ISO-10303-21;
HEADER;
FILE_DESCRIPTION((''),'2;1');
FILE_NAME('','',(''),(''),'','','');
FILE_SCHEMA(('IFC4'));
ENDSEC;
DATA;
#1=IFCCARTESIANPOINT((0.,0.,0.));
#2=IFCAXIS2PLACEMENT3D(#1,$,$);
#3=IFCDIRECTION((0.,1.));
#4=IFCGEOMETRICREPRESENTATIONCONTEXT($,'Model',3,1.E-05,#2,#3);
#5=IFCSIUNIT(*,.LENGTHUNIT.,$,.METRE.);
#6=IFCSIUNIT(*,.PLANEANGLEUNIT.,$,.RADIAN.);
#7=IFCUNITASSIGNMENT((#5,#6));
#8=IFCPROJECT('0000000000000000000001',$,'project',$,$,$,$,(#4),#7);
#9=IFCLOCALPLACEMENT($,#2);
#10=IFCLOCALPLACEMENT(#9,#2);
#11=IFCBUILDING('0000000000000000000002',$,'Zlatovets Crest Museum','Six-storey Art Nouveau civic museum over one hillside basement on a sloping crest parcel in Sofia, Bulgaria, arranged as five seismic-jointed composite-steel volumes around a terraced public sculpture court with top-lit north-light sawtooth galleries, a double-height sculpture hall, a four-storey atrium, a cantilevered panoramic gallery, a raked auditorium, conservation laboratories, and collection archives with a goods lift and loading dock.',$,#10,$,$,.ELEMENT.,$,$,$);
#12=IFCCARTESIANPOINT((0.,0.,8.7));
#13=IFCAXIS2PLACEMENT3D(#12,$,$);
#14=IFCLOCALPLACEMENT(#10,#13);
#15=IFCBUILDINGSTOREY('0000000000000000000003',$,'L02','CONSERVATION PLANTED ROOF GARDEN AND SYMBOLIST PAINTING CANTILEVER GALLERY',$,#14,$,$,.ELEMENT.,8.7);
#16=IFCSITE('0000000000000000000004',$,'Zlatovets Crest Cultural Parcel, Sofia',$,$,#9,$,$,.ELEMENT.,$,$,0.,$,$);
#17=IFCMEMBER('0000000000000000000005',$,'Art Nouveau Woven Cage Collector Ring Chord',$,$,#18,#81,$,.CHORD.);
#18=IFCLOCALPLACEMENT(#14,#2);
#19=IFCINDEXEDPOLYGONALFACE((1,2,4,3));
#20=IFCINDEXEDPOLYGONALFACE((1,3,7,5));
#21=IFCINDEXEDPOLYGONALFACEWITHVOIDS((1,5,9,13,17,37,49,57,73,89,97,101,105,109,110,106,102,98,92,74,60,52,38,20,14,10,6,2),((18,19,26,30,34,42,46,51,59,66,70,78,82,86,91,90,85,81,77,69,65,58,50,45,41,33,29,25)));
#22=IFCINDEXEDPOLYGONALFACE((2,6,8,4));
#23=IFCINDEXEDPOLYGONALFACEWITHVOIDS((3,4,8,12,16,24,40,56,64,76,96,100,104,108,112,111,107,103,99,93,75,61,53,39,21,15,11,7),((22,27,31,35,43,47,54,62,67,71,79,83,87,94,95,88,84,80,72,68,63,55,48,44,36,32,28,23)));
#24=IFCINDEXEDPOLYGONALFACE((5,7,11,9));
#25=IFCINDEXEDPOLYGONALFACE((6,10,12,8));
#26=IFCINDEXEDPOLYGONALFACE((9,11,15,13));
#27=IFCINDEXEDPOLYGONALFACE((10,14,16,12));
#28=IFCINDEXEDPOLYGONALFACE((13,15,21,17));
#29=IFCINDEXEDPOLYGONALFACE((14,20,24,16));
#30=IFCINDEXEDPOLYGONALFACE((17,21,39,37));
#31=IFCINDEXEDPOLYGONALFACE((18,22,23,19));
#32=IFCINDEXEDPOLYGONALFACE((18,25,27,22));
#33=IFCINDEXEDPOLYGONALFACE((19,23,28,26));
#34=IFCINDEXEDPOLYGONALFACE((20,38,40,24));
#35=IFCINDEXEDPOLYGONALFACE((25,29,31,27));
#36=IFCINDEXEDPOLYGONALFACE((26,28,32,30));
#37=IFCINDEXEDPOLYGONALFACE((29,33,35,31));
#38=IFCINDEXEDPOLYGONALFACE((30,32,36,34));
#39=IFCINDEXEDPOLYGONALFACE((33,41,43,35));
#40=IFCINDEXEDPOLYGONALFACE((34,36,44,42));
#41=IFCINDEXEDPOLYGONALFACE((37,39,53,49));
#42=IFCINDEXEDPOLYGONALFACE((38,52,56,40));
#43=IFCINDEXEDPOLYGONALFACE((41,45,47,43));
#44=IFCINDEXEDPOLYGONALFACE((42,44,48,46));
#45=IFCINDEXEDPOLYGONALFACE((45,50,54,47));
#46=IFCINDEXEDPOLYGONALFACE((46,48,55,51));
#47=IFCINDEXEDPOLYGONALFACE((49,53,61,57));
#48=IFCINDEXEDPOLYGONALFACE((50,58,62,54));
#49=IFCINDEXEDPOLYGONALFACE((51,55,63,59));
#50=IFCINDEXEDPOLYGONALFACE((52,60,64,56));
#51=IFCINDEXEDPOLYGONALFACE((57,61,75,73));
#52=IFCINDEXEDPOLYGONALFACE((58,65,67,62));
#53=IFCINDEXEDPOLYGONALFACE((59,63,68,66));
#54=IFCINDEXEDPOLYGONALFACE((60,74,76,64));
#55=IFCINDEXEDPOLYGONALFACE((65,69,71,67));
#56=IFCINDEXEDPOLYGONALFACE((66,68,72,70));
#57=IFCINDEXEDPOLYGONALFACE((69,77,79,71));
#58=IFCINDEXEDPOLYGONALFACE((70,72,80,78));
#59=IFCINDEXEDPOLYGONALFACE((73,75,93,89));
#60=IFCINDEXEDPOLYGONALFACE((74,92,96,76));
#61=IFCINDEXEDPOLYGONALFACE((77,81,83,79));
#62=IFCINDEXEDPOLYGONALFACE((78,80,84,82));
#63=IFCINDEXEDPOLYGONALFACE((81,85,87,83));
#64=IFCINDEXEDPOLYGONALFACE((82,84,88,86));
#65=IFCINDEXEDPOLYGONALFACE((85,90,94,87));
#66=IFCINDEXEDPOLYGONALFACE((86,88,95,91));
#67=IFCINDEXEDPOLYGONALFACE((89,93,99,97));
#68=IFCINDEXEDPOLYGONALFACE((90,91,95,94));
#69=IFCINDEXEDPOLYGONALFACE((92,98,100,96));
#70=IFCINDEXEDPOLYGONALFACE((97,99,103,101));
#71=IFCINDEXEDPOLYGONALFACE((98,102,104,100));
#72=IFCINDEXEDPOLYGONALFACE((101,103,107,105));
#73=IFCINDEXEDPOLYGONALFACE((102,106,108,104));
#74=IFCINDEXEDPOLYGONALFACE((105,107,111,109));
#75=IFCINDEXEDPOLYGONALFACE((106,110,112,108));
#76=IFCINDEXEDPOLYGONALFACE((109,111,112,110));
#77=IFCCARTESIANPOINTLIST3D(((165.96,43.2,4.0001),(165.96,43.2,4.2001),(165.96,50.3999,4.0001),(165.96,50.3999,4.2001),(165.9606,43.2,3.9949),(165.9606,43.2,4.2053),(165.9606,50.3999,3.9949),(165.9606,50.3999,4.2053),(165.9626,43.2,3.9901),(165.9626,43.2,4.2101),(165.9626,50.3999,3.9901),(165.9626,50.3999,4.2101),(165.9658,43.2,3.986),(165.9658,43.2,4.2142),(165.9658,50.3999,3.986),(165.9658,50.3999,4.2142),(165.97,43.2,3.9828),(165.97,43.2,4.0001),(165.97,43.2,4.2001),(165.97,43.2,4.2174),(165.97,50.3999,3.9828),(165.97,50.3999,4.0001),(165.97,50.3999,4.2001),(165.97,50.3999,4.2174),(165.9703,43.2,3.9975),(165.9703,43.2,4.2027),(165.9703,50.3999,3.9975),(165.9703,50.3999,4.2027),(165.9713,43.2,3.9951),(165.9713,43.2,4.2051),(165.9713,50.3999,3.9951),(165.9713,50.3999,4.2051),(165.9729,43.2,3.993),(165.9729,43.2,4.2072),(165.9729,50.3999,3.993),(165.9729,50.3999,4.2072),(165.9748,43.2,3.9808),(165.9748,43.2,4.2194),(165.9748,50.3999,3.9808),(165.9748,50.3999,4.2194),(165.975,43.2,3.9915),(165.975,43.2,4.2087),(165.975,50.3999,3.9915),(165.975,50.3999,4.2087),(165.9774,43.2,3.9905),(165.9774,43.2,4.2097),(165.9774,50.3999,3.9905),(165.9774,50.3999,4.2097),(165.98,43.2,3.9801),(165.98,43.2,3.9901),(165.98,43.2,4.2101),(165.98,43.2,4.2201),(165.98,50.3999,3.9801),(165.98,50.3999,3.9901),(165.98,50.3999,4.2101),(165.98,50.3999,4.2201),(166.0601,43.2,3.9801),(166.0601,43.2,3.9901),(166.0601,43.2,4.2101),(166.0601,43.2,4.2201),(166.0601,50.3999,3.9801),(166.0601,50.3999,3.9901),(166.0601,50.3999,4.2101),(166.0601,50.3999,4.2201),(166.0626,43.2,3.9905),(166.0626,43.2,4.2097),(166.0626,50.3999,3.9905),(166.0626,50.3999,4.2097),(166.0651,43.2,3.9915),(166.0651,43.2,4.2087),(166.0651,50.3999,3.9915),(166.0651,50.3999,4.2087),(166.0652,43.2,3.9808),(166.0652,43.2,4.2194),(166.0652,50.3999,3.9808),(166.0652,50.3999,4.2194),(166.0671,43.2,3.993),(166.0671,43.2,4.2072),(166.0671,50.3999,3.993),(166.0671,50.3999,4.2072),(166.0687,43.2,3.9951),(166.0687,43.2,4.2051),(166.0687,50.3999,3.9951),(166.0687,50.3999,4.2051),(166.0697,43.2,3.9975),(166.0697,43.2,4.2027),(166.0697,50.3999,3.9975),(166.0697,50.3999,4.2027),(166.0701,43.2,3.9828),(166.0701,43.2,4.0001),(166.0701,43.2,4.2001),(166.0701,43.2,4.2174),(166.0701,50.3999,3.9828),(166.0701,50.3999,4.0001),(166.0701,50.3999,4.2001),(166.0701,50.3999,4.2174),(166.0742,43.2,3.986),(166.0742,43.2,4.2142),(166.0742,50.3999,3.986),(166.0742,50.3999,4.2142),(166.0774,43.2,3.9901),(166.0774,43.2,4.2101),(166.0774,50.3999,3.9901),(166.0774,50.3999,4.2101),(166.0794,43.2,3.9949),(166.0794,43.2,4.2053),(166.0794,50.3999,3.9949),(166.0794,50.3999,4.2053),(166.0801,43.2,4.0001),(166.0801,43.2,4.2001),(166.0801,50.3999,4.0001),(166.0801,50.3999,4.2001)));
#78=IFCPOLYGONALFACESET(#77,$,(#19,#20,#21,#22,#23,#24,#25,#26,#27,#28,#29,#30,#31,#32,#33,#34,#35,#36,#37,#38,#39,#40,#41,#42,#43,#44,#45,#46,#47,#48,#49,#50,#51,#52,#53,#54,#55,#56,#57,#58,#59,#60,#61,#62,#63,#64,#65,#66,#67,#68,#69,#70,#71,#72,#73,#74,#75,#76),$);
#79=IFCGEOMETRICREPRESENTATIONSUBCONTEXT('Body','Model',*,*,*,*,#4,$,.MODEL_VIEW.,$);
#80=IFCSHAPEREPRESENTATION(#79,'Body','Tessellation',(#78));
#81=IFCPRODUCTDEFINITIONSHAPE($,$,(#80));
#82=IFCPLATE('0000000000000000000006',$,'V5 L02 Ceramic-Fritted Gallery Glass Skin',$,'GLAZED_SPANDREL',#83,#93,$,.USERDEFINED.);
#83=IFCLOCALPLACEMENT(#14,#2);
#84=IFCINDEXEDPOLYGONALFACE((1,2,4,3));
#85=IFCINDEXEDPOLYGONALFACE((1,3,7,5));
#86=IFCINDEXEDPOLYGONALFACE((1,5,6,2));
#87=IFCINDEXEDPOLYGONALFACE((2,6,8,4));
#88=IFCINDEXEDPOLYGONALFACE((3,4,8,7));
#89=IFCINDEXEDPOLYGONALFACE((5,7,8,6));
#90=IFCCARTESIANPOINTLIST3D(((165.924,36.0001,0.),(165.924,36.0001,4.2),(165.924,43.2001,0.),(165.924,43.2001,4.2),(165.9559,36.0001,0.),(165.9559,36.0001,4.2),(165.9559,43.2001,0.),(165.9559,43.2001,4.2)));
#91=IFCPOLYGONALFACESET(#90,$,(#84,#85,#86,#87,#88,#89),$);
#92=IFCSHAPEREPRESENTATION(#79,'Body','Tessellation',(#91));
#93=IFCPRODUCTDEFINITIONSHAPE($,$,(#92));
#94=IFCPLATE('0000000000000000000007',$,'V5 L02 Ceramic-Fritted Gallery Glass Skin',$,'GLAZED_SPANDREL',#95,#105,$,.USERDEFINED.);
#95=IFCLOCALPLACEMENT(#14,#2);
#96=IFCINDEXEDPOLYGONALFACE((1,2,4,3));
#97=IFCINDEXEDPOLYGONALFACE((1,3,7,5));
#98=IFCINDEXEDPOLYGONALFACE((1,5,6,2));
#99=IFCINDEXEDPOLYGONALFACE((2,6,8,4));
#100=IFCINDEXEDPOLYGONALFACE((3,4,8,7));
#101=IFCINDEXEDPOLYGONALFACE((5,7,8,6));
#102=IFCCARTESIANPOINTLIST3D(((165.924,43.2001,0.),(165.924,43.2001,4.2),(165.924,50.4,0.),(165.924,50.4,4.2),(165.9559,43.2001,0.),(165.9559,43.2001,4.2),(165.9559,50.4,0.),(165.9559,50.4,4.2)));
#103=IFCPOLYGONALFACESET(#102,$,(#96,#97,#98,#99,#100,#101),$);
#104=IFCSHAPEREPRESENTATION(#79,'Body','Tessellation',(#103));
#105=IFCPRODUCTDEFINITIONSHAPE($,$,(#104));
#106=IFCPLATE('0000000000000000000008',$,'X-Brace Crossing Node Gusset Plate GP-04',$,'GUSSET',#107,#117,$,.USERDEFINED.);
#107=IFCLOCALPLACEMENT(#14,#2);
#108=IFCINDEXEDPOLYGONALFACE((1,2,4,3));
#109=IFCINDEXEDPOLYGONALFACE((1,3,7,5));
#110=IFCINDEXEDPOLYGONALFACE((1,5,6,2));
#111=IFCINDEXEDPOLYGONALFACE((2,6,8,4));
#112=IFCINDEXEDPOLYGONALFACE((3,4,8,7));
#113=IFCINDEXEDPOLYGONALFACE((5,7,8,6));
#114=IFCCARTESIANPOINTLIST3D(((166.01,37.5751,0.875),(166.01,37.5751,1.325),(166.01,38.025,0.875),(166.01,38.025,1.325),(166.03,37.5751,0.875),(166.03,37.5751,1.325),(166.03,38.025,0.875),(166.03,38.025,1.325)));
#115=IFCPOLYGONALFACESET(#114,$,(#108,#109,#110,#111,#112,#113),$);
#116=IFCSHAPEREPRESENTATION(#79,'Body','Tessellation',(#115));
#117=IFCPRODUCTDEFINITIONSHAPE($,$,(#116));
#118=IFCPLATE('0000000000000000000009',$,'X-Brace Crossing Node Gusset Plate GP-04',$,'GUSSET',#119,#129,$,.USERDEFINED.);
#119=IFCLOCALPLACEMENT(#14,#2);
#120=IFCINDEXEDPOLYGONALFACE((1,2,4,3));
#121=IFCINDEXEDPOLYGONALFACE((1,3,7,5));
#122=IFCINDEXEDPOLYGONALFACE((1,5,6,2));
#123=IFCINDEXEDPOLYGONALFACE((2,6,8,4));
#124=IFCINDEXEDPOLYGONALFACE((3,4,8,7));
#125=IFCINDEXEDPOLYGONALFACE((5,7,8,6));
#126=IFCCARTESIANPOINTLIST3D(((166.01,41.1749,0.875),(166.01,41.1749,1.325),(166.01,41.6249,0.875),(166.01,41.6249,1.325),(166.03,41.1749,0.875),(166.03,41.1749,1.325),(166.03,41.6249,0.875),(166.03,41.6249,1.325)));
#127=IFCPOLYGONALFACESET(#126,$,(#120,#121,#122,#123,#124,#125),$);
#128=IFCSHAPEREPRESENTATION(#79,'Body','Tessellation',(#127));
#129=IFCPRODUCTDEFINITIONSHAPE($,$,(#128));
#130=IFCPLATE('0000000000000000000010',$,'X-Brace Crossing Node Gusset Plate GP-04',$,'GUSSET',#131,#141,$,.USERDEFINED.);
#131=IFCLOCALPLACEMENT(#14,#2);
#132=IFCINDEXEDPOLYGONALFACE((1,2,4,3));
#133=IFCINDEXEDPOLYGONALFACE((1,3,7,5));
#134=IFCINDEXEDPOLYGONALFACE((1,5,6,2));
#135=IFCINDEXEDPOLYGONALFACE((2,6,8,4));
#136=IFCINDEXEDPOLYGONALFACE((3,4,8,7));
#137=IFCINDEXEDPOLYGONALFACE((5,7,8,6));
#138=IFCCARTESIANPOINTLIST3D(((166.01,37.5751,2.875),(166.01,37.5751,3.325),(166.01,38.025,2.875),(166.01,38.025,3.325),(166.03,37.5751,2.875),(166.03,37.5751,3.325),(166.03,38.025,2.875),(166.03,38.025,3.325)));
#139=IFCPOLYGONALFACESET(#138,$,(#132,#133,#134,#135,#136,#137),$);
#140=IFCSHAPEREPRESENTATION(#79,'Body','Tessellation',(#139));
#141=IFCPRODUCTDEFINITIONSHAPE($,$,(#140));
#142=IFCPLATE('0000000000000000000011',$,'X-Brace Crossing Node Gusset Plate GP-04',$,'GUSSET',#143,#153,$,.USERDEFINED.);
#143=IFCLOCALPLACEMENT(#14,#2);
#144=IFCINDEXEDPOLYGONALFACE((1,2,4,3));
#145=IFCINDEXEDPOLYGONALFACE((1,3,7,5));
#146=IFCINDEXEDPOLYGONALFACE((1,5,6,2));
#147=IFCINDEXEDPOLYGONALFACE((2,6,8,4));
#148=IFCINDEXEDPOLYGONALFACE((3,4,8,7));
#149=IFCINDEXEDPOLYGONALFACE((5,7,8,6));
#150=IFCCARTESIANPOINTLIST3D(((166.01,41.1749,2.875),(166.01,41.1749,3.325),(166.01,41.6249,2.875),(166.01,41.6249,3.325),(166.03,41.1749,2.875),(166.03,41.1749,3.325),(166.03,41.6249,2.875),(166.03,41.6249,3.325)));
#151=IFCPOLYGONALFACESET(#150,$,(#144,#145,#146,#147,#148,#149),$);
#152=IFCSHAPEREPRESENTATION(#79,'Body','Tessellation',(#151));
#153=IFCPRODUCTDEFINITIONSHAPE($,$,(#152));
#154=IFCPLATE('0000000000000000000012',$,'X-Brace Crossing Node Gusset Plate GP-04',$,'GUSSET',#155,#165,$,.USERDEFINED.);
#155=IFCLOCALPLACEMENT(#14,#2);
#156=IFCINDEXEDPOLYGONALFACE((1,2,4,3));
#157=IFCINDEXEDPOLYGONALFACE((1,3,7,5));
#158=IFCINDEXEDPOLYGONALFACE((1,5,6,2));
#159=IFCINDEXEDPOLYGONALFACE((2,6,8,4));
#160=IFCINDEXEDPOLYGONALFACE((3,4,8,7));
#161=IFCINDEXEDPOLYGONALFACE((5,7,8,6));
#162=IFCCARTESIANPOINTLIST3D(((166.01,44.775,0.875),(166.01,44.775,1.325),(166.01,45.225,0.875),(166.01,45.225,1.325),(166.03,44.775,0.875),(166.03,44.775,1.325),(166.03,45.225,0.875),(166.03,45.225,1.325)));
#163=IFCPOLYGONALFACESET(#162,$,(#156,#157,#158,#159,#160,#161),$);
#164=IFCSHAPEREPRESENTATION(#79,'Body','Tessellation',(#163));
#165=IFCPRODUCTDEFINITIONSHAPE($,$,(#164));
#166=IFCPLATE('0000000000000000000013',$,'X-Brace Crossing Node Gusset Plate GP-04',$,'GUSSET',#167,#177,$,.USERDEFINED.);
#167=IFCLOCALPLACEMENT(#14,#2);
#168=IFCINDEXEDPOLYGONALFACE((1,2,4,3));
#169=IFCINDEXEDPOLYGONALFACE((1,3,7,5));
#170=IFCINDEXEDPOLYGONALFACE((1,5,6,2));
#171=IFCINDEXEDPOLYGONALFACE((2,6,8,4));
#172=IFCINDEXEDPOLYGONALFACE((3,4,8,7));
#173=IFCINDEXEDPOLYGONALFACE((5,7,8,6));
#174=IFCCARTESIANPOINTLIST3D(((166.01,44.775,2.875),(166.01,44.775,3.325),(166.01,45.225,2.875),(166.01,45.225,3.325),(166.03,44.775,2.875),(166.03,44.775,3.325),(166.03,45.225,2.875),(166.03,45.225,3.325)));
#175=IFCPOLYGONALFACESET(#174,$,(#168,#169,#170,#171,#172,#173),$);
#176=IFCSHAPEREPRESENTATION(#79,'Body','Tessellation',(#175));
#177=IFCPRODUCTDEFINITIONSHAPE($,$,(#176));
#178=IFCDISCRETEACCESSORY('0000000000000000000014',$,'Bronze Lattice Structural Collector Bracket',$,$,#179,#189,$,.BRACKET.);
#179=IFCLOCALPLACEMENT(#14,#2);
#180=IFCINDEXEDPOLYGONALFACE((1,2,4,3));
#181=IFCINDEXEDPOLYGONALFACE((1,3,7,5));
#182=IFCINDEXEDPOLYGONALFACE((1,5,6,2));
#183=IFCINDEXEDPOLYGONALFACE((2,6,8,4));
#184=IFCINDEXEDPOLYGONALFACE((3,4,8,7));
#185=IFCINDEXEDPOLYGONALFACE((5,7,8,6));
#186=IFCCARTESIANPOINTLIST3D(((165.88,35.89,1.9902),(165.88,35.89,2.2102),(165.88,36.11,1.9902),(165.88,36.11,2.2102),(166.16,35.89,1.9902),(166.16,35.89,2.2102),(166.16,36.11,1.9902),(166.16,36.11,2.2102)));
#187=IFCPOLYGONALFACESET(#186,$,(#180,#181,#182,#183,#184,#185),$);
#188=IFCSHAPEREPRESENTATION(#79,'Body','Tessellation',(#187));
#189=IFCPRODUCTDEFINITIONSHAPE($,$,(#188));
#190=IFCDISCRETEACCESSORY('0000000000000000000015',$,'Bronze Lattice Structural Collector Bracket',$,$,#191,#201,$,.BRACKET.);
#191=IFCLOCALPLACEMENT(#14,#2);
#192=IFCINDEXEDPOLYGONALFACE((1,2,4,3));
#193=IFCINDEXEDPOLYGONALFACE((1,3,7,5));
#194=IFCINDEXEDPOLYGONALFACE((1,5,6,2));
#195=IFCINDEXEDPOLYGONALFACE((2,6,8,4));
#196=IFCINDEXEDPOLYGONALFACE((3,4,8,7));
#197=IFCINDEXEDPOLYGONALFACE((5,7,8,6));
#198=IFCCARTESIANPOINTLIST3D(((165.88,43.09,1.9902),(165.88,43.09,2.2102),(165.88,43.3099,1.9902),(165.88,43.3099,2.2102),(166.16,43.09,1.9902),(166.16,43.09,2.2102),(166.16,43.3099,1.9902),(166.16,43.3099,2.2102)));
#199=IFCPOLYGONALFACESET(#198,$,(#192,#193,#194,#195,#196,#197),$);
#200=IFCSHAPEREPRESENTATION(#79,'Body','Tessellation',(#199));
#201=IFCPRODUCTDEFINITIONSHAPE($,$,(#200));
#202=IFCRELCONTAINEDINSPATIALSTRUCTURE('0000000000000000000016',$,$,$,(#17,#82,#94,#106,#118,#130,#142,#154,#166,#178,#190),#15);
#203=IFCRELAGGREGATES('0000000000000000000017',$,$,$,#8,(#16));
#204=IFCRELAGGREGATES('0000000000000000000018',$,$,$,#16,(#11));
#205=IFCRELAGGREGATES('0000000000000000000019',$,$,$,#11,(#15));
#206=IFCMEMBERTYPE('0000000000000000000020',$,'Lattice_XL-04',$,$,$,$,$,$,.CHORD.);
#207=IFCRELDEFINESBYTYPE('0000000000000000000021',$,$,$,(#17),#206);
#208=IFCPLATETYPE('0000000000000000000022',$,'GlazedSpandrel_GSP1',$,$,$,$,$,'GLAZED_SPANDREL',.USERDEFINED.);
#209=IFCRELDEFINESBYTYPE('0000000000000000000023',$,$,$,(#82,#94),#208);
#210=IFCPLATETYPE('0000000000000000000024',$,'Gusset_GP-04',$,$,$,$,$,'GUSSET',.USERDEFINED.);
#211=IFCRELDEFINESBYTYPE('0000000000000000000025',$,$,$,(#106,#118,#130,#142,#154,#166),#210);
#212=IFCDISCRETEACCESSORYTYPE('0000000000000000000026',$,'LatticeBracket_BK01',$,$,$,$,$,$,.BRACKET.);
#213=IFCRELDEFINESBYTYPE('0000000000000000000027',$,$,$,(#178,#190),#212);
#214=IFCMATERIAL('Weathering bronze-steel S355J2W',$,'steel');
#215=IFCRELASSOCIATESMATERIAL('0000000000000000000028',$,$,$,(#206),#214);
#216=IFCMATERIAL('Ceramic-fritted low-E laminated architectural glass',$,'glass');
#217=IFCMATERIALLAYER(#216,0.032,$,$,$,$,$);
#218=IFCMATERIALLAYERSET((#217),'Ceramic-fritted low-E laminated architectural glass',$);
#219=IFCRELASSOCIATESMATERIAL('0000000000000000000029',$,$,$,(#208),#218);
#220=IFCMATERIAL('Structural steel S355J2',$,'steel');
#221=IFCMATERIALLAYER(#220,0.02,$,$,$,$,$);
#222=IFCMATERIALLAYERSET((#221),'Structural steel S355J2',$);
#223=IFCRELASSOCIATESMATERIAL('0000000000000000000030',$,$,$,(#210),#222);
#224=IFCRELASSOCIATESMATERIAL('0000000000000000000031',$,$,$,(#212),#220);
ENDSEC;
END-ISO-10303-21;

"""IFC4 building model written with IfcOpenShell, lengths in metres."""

from ifc_helpers import new_model, si_unit, direction, frame, origin, origin_2d, place, context, subcontext, project, spatial, rectangle, hollow_rectangle, extrude, material, layer, layer_set, material_profile, profile_set, type_object, element, save


model = new_model("IFC4")

# Units and contexts
model_context = context("Model", 3, precision=1e-05, world=origin(), true_north=direction((0.0, 1.0)))
body_context = subcontext(model_context, "Body", "Model", "MODEL_VIEW")
ifc_project = project(units=[si_unit("LENGTHUNIT", "METRE"), si_unit("PLANEANGLEUNIT", "RADIAN")], contexts=[model_context])

# Site, building, storey
site_placement = place(None, origin())
site = spatial("IfcSite", under=ifc_project, at=site_placement, Name="Zlatovets Crest Cultural Parcel, Sofia", CompositionType="ELEMENT", RefElevation=0.0)
building_placement = place(site_placement, origin())
building = spatial("IfcBuilding", under=site, at=building_placement, Name="Zlatovets Crest Museum", Description="Six-storey Art Nouveau civic museum over one hillside basement on a sloping crest parcel in Sofia, Bulgaria, arranged as five seismic-jointed composite-steel volumes around a terraced public sculpture court with top-lit north-light sawtooth galleries, a double-height sculpture hall, a four-storey atrium, a cantilevered panoramic gallery, a raked auditorium, conservation laboratories, and collection archives with a goods lift and loading dock.", CompositionType="ELEMENT")
storey_placement = place(building_placement, frame((0.0, 0.0, 8.7)))
storey = spatial("IfcBuildingStorey", under=building, at=storey_placement, Name="L02", Description="CONSERVATION PLANTED ROOF GARDEN AND SYMBOLIST PAINTING CANTILEVER GALLERY", CompositionType="ELEMENT", Elevation=8.7)

# Member
ifc_material_1 = material(Name="Weathering bronze-steel S355J2W", Category="steel")
ifc_material_profile_1 = material_profile(ifc_material_1, hollow_rectangle(XDim=0.1201, YDim=0.24, WallThickness=0.01, InnerFilletRadius=0.01, OuterFilletRadius=0.02, at=origin_2d()), Name="RHS 120x240x10.0")
ifc_profile_set_1 = profile_set([ifc_material_profile_1], Name="Weathering bronze-steel S355J2W")
member_type_1 = type_object("IfcMemberType", Name="Lattice_XL-04", PredefinedType="CHORD", material=ifc_profile_set_1)
for number, where, z_axis, x_axis, name in (
    (1, (166.02, 43.2, 4.1001), (0.0, 1.0, 0.0), (-1.0, 0.0, 0.0), "Art Nouveau Woven Cage Collector Ring Chord"),
):
    element("IfcMember", number, at=place(storey_placement, frame(where, z_axis=z_axis, x_axis=x_axis)), inside=storey, type_object=member_type_1, Name=name, PredefinedType="CHORD", context=body_context, shape_type="SweptSolid", body=[
        extrude(hollow_rectangle(XDim=0.1201, YDim=0.24, WallThickness=0.01, InnerFilletRadius=0.01, OuterFilletRadius=0.02, at=origin_2d()), origin(), (0.0, 0.0, 1.0), 7.2),
    ])

# Plates
ifc_material_2 = material(Name="Ceramic-fritted low-E laminated architectural glass", Category="glass")
ifc_layer_1 = layer(ifc_material_2, 0.032)
ifc_layer_set_1 = layer_set([ifc_layer_1], Name="Ceramic-fritted low-E laminated architectural glass")
plate_type_1 = type_object("IfcPlateType", Name="GlazedSpandrel_GSP1", ElementType="GLAZED_SPANDREL", PredefinedType="USERDEFINED", material=ifc_layer_set_1)
for number, where, z_axis, x_axis, name in (
    (2, (165.9399, 39.6001, 0.0), (0.0, 0.0, 1.0), (0.0, 1.0, 0.0), "V5 L02 Ceramic-Fritted Gallery Glass Skin"),
    (3, (165.9399, 46.8, 0.0), (0.0, 0.0, 1.0), (0.0, 1.0, 0.0), "V5 L02 Ceramic-Fritted Gallery Glass Skin"),
):
    element("IfcPlate", number, at=place(storey_placement, frame(where, z_axis=z_axis, x_axis=x_axis)), inside=storey, type_object=plate_type_1, Name=name, ObjectType="GLAZED_SPANDREL", PredefinedType="USERDEFINED", context=body_context, shape_type="SweptSolid", body=[
        extrude(rectangle(XDim=7.2, YDim=0.032, at=origin_2d()), origin(), (0.0, 0.0, 1.0), 4.2),
    ])
ifc_material_3 = material(Name="Structural steel S355J2", Category="steel")
ifc_layer_2 = layer(ifc_material_3, 0.02)
ifc_layer_set_2 = layer_set([ifc_layer_2], Name="Structural steel S355J2")
plate_type_2 = type_object("IfcPlateType", Name="Gusset_GP-04", ElementType="GUSSET", PredefinedType="USERDEFINED", material=ifc_layer_set_2)
for number, where, z_axis, x_axis, name in (
    (4, (166.02, 37.8, 0.875), (0.0, 0.0, 1.0), (1.0, 0.0, 0.0), "X-Brace Crossing Node Gusset Plate GP-04"),
    (5, (166.02, 41.3999, 0.875), (0.0, 0.0, 1.0), (1.0, 0.0, 0.0), "X-Brace Crossing Node Gusset Plate GP-04"),
    (6, (166.02, 37.8, 2.875), (0.0, 0.0, 1.0), (1.0, 0.0, 0.0), "X-Brace Crossing Node Gusset Plate GP-04"),
    (7, (166.02, 41.3999, 2.875), (0.0, 0.0, 1.0), (1.0, 0.0, 0.0), "X-Brace Crossing Node Gusset Plate GP-04"),
    (8, (166.02, 45.0, 0.875), (0.0, 0.0, 1.0), (1.0, 0.0, 0.0), "X-Brace Crossing Node Gusset Plate GP-04"),
    (9, (166.02, 45.0, 2.875), (0.0, 0.0, 1.0), (1.0, 0.0, 0.0), "X-Brace Crossing Node Gusset Plate GP-04"),
):
    element("IfcPlate", number, at=place(storey_placement, frame(where, z_axis=z_axis, x_axis=x_axis)), inside=storey, type_object=plate_type_2, Name=name, ObjectType="GUSSET", PredefinedType="USERDEFINED", context=body_context, shape_type="SweptSolid", body=[
        extrude(rectangle(XDim=0.02, YDim=0.45, at=origin_2d()), origin(), (0.0, 0.0, 1.0), 0.45),
    ])

# Discrete accessories
discrete_accessory_type = type_object("IfcDiscreteAccessoryType", Name="LatticeBracket_BK01", PredefinedType="BRACKET", material=ifc_material_3)
for number, where, z_axis, x_axis, name in (
    (10, (166.02, 36.0, 1.9902), (0.0, 0.0, 1.0), (1.0, 0.0, 0.0), "Bronze Lattice Structural Collector Bracket"),
    (11, (166.02, 43.2, 1.9902), (0.0, 0.0, 1.0), (1.0, 0.0, 0.0), "Bronze Lattice Structural Collector Bracket"),
):
    element("IfcDiscreteAccessory", number, at=place(storey_placement, frame(where, z_axis=z_axis, x_axis=x_axis)), inside=storey, type_object=discrete_accessory_type, Name=name, PredefinedType="BRACKET", context=body_context, shape_type="SweptSolid", body=[
        extrude(rectangle(XDim=0.28, YDim=0.22, at=origin_2d()), origin(), (0.0, 0.0, 1.0), 0.22),
    ])

save(model, "model.ifc")
